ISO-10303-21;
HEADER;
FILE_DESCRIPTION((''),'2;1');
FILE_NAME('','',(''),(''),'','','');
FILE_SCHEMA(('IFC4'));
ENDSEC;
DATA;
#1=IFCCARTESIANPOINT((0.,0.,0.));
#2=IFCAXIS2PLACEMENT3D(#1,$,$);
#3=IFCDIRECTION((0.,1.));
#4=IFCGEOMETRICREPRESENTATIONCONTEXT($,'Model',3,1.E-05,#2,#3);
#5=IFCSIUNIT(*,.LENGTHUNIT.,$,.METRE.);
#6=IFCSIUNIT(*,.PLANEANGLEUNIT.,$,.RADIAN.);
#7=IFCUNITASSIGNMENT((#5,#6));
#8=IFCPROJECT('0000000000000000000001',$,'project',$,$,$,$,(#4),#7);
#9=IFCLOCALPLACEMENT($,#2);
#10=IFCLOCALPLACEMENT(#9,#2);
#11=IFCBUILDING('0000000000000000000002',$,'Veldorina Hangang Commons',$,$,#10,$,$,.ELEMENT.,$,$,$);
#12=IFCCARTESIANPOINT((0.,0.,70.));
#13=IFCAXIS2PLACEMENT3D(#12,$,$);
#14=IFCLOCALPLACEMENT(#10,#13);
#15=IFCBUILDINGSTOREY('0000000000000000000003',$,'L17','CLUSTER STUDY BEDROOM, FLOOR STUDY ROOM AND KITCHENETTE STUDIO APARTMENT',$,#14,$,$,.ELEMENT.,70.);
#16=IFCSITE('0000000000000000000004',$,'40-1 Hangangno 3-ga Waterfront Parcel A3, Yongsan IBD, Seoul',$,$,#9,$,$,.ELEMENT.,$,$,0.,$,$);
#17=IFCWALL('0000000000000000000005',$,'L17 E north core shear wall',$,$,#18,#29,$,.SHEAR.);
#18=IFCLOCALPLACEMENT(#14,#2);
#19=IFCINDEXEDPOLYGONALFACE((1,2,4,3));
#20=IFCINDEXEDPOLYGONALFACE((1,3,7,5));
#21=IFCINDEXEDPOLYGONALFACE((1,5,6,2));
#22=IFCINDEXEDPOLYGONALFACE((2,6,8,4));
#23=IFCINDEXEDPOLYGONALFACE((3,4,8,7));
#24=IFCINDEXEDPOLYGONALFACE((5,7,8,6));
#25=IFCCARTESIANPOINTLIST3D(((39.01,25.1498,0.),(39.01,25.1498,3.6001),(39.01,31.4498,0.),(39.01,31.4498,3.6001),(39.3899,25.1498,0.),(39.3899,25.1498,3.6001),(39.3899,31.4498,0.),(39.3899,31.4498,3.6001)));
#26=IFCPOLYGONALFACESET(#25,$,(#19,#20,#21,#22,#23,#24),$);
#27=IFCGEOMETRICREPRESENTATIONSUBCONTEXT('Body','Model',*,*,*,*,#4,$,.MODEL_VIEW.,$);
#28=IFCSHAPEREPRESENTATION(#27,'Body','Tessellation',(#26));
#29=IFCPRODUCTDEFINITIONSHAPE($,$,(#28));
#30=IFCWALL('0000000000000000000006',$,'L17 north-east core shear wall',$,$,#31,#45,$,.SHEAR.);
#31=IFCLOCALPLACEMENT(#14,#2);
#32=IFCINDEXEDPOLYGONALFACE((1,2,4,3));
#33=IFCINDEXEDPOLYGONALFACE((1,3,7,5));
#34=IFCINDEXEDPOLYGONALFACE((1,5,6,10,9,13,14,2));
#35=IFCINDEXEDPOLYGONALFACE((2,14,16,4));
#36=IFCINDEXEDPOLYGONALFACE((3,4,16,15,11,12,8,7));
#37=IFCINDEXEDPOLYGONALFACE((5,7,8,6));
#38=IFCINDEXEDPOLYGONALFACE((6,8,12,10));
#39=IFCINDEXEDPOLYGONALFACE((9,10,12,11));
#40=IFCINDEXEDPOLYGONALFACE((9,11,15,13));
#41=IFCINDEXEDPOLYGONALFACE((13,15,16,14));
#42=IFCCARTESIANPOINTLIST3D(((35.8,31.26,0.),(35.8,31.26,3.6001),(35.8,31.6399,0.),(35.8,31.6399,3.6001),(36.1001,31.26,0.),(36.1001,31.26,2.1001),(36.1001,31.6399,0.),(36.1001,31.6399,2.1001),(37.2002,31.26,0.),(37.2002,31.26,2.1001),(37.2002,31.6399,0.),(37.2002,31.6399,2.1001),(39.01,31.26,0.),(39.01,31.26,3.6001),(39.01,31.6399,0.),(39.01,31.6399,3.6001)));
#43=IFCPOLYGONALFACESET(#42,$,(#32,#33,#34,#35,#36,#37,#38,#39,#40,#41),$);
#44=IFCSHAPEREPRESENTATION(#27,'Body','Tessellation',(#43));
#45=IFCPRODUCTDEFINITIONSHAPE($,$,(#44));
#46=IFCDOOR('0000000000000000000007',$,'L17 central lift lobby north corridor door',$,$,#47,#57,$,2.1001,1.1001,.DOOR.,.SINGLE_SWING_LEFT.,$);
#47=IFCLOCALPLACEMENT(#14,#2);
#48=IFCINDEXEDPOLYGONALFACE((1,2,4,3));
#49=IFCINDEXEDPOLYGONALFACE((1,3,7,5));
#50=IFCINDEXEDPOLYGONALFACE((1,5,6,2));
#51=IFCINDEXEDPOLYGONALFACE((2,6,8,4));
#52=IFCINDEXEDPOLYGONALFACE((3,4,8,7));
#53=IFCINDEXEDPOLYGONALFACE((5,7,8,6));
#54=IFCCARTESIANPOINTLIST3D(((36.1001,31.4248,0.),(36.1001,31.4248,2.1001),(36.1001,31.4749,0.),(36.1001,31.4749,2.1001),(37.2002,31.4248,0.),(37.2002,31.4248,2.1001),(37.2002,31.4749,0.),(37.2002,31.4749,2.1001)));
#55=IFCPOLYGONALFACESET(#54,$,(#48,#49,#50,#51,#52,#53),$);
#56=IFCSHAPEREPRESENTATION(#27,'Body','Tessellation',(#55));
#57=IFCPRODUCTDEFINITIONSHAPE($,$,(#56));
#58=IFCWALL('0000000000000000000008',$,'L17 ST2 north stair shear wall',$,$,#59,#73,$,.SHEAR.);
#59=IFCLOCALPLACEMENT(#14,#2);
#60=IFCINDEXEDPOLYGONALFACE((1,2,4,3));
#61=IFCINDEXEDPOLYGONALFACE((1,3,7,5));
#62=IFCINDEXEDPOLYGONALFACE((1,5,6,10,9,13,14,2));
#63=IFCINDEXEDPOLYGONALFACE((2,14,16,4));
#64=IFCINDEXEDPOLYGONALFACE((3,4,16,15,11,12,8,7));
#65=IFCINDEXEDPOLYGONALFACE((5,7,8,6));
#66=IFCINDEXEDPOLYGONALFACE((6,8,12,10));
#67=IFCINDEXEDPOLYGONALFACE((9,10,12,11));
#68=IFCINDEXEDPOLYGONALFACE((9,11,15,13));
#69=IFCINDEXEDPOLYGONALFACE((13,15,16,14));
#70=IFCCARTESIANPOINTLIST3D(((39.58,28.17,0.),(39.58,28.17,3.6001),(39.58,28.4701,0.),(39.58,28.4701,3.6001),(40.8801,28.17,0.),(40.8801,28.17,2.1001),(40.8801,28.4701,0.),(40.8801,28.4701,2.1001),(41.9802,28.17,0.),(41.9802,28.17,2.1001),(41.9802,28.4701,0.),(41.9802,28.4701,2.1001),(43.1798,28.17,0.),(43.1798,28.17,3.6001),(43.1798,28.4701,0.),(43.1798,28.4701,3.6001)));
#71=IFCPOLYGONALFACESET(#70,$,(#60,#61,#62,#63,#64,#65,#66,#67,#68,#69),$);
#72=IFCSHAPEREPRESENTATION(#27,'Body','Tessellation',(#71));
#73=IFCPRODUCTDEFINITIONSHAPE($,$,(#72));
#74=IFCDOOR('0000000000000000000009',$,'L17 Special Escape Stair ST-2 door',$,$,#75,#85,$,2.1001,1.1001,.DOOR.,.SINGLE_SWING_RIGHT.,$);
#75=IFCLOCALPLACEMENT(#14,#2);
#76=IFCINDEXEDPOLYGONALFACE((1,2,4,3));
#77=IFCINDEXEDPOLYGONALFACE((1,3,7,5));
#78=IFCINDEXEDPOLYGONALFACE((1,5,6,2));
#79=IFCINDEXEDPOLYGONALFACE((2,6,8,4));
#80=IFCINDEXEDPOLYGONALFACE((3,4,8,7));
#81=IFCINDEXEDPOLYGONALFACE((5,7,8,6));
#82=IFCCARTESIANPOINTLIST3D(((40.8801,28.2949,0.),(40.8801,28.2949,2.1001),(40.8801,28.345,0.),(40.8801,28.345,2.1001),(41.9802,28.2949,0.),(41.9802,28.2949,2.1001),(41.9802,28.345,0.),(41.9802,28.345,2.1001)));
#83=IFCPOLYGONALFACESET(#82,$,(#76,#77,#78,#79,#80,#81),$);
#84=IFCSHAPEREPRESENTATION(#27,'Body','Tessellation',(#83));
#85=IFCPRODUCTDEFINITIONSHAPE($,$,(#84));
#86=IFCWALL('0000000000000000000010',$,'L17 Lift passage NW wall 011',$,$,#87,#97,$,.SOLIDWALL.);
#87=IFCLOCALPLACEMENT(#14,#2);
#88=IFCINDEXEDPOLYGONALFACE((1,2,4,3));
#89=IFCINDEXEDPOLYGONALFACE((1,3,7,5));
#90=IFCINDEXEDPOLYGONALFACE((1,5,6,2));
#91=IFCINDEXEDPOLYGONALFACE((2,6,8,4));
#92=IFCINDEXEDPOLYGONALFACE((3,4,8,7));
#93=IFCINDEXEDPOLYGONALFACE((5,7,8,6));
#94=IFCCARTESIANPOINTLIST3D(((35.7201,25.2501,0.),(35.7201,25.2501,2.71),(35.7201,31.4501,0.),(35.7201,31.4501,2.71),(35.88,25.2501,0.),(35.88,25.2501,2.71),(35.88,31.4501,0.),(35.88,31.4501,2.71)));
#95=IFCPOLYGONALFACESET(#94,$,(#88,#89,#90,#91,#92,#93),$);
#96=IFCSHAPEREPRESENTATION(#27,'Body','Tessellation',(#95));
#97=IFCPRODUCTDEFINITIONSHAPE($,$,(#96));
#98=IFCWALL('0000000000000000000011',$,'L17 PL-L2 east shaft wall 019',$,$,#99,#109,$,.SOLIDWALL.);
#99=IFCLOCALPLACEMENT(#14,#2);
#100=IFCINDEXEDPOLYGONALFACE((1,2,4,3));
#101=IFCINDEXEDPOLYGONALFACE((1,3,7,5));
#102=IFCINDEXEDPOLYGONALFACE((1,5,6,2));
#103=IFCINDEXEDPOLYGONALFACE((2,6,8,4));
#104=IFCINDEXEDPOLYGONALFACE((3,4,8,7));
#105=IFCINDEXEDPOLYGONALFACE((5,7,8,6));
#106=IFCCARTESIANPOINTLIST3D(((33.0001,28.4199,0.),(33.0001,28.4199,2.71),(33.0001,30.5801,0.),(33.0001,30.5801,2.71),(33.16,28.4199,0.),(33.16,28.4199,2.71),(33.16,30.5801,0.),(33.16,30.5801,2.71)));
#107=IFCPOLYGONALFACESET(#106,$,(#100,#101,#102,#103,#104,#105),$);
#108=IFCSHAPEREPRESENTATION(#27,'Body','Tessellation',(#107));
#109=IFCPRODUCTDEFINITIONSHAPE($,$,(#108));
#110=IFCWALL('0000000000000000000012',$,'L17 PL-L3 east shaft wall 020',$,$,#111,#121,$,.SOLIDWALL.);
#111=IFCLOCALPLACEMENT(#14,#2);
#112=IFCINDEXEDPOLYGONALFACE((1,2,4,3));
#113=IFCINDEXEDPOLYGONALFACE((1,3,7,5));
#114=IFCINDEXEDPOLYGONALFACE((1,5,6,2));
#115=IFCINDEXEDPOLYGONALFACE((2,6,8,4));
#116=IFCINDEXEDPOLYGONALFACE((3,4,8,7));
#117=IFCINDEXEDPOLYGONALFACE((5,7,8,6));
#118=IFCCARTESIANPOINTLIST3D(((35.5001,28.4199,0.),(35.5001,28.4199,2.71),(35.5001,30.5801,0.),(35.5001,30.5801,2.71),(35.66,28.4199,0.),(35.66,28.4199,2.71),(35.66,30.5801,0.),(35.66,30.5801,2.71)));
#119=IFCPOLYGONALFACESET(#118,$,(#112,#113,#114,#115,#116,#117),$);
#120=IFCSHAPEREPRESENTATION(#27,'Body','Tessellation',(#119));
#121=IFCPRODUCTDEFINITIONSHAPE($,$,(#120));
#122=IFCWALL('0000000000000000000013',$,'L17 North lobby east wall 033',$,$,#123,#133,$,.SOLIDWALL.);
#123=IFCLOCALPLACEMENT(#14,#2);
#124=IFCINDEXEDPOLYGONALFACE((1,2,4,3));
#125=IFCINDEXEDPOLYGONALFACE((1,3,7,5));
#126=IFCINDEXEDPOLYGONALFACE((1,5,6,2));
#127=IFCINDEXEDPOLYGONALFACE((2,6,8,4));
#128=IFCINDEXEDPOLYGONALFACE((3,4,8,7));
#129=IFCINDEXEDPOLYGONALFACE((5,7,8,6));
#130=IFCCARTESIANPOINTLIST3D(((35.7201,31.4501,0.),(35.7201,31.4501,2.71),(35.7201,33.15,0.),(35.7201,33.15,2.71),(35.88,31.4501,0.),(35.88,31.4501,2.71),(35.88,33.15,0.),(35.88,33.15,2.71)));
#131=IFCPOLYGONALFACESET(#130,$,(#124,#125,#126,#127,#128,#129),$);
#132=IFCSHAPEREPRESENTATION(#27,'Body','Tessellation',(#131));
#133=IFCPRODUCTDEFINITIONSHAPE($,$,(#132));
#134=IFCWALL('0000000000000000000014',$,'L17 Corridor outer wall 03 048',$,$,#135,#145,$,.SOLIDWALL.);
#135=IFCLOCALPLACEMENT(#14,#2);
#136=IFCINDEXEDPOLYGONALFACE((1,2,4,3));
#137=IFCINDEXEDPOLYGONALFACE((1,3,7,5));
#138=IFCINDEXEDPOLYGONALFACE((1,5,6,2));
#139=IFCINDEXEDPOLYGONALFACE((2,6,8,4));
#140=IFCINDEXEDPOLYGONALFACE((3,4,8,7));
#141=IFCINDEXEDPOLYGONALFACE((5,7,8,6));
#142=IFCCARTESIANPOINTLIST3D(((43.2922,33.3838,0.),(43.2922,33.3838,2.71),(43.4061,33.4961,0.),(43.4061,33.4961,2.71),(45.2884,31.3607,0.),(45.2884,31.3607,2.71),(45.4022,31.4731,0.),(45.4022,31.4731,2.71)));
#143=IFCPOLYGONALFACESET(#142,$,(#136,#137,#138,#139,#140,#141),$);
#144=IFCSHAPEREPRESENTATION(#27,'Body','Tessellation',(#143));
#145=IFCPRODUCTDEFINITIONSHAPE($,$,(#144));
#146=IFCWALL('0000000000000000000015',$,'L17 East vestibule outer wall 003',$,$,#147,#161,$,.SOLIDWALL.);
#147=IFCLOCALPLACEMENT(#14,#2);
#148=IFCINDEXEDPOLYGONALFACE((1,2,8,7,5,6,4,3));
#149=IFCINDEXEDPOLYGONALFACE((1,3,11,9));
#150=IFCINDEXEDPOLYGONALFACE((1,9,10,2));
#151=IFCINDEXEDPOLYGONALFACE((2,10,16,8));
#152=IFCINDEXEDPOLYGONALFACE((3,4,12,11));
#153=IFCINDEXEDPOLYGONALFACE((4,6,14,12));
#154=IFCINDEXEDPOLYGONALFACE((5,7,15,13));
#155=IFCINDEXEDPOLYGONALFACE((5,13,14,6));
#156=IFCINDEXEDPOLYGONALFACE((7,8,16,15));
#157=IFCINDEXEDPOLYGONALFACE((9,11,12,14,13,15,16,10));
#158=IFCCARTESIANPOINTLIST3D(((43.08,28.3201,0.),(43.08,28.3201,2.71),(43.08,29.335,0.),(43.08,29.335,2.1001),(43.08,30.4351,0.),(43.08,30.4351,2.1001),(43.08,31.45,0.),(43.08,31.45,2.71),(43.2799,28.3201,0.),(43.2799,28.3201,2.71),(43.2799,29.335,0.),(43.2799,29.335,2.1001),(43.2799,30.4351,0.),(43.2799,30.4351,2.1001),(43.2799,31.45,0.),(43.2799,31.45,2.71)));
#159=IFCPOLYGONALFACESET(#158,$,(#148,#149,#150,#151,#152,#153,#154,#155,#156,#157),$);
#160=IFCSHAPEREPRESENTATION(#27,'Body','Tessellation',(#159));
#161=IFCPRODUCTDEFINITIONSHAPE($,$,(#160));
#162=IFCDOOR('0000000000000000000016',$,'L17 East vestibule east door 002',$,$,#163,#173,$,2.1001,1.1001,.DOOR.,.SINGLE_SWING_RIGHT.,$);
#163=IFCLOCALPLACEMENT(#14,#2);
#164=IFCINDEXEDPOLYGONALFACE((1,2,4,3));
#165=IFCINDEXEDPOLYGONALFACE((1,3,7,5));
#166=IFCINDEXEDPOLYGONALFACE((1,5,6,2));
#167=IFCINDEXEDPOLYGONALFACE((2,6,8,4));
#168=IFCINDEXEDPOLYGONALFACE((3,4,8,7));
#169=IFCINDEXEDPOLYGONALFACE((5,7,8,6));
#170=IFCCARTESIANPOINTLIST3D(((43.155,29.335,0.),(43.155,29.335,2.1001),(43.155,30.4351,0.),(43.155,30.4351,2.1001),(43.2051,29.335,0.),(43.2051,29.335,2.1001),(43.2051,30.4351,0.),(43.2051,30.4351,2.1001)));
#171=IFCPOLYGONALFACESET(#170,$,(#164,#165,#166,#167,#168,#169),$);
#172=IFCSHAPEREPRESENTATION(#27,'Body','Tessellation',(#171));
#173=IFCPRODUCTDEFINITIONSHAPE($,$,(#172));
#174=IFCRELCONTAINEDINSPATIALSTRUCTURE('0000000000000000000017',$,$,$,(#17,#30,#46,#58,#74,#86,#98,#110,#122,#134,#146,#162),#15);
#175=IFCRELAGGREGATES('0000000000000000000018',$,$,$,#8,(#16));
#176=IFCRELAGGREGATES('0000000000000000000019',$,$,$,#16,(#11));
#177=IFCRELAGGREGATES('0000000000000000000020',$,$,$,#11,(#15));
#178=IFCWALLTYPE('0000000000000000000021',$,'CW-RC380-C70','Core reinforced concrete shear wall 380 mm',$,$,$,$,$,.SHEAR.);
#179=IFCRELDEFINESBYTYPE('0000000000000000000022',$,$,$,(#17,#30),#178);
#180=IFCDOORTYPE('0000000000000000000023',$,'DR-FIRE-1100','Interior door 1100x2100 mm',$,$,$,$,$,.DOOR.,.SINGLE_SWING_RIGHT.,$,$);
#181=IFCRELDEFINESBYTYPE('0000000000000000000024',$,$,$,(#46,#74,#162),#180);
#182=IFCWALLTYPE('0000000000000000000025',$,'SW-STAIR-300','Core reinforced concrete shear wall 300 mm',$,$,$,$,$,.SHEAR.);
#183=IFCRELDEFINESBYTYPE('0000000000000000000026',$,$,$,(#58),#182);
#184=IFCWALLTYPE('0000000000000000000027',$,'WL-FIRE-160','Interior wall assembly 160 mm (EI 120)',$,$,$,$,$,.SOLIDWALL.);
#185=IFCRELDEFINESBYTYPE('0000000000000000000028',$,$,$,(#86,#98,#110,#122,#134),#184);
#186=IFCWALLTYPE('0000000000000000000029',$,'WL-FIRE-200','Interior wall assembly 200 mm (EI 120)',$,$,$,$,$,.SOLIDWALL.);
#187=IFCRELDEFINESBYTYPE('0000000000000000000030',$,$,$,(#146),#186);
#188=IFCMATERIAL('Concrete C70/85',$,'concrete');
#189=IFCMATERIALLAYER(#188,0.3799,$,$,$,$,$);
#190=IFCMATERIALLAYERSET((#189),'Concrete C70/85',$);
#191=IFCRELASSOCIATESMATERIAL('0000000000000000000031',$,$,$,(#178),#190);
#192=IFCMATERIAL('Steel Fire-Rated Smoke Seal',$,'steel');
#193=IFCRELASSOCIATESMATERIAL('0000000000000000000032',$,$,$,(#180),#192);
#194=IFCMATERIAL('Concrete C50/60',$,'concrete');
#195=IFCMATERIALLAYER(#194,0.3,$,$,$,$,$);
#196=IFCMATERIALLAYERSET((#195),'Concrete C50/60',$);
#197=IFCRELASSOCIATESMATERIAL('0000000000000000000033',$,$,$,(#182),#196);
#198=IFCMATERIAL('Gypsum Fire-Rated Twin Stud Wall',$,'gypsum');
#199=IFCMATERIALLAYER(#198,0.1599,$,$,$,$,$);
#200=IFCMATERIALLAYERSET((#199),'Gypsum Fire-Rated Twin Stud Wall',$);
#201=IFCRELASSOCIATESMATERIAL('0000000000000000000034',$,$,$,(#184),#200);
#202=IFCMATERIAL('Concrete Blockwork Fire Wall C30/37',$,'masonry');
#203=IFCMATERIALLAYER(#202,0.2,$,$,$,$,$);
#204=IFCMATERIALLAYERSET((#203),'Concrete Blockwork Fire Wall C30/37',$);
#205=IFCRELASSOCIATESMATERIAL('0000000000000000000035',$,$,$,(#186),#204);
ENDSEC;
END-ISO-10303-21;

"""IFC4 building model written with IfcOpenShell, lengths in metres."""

from ifc_helpers import new_model, si_unit, direction, frame, frame_2d, origin, place, context, subcontext, project, spatial, rectangle, extrude, material, layer, layer_set, type_object, element, fill, save


model = new_model("IFC4")

# Units and contexts
model_context = context("Model", 3, precision=1e-05, world=origin(), true_north=direction((0.0, 1.0)))
body_context = subcontext(model_context, "Body", "Model", "MODEL_VIEW")
ifc_project = project(units=[si_unit("LENGTHUNIT", "METRE"), si_unit("PLANEANGLEUNIT", "RADIAN")], contexts=[model_context])

# Site, building, storey
site_placement = place(None, origin())
site = spatial("IfcSite", under=ifc_project, at=site_placement, Name="40-1 Hangangno 3-ga Waterfront Parcel A3, Yongsan IBD, Seoul", CompositionType="ELEMENT", RefElevation=0.0)
building_placement = place(site_placement, origin())
building = spatial("IfcBuilding", under=site, at=building_placement, Name="Veldorina Hangang Commons", CompositionType="ELEMENT")
storey_placement = place(building_placement, frame((0.0, 0.0, 70.0)))
storey = spatial("IfcBuildingStorey", under=building, at=storey_placement, Name="L17", Description="CLUSTER STUDY BEDROOM, FLOOR STUDY ROOM AND KITCHENETTE STUDIO APARTMENT", CompositionType="ELEMENT", Elevation=70.0)

# Wall
ifc_material_1 = material(Name="Concrete C70/85", Category="concrete")
ifc_layer_1 = layer(ifc_material_1, 0.3799)
ifc_layer_set_1 = layer_set([ifc_layer_1], Name="Concrete C70/85")
wall_type_1 = type_object("IfcWallType", Name="CW-RC380-C70", Description="Core reinforced concrete shear wall 380 mm", PredefinedType="SHEAR", material=ifc_layer_set_1)
wall_1_placement = place(storey_placement, frame((39.2, 25.1499, 0.0), z_axis=(0.0, 0.0, 1.0), x_axis=(0.0, 1.0, 0.0)))
element("IfcWall", 1, at=wall_1_placement, inside=storey, type_object=wall_type_1, Name="L17 E north core shear wall", PredefinedType="SHEAR", context=body_context, shape_type="SweptSolid", body=[
    extrude(rectangle(XDim=6.3, YDim=0.3799, at=frame_2d((3.1499, 0.0))), origin(), (0.0, 0.0, 1.0), 3.6001),
])

# Walls, openings, doors
wall_2_placement = place(storey_placement, frame((35.8, 31.45, 0.0), z_axis=(0.0, 0.0, 1.0), x_axis=(1.0, 0.0, 0.0)))
wall_2 = element("IfcWall", 2, at=wall_2_placement, inside=storey, type_object=wall_type_1, Name="L17 north-east core shear wall", PredefinedType="SHEAR", context=body_context, shape_type="SweptSolid", body=[
    extrude(rectangle(XDim=3.21, YDim=0.3799, at=frame_2d((1.605, 0.0))), origin(), (0.0, 0.0, 1.0), 3.6001),
])
opening_1_placement = place(wall_2_placement, frame((0.3, 0.0, 0.0)))
opening_1 = element("IfcOpeningElement", 3, at=opening_1_placement, cuts=wall_2, PredefinedType="OPENING", context=body_context, shape_type="SweptSolid", body=[
    extrude(rectangle(XDim=1.1001, YDim=2.1001, at=frame_2d((0.55, 1.05))), frame((0.0, 0.2, 0.0), z_axis=(0.0, -1.0, 0.0), x_axis=(1.0, 0.0, 0.0)), (0.0, 0.0, 1.0), 0.3999),
])
ifc_material_2 = material(Name="Steel Fire-Rated Smoke Seal", Category="steel")
door_type_1 = type_object("IfcDoorType", Name="DR-FIRE-1100", Description="Interior door 1100x2100 mm", OperationType="SINGLE_SWING_RIGHT", PredefinedType="DOOR", material=ifc_material_2)
door_1_placement = place(opening_1_placement, origin())
door_1 = element("IfcDoor", 4, at=door_1_placement, inside=storey, type_object=door_type_1, Name="L17 central lift lobby north corridor door", OperationType="SINGLE_SWING_LEFT", OverallHeight=2.1001, OverallWidth=1.1001, PredefinedType="DOOR", context=body_context, shape_type="SweptSolid", body=[
    extrude(rectangle(XDim=1.1001, YDim=2.1001, at=frame_2d((0.55, 1.05))), frame((0.0, 0.0249, 0.0), z_axis=(0.0, -1.0, 0.0), x_axis=(1.0, 0.0, 0.0)), (0.0, 0.0, 1.0), 0.05),
])
fill(opening_1, door_1)
ifc_material_3 = material(Name="Concrete C50/60", Category="concrete")
ifc_layer_2 = layer(ifc_material_3, 0.3)
ifc_layer_set_2 = layer_set([ifc_layer_2], Name="Concrete C50/60")
wall_type_2 = type_object("IfcWallType", Name="SW-STAIR-300", Description="Core reinforced concrete shear wall 300 mm", PredefinedType="SHEAR", material=ifc_layer_set_2)
wall_3_placement = place(storey_placement, frame((39.5801, 28.3201, 0.0), z_axis=(0.0, 0.0, 1.0), x_axis=(1.0, 0.0, 0.0)))
wall_3 = element("IfcWall", 5, at=wall_3_placement, inside=storey, type_object=wall_type_2, Name="L17 ST2 north stair shear wall", PredefinedType="SHEAR", context=body_context, shape_type="SweptSolid", body=[
    extrude(rectangle(XDim=3.5999, YDim=0.3, at=frame_2d((1.7998, 0.0))), origin(), (0.0, 0.0, 1.0), 3.6001),
])
opening_2_placement = place(wall_3_placement, frame((1.3, 0.0, 0.0)))
opening_2 = element("IfcOpeningElement", 6, at=opening_2_placement, cuts=wall_3, PredefinedType="OPENING", context=body_context, shape_type="SweptSolid", body=[
    extrude(rectangle(XDim=1.1001, YDim=2.1001, at=frame_2d((0.55, 1.05))), frame((0.0, 0.1602, 0.0), z_axis=(0.0, -1.0, 0.0), x_axis=(1.0, 0.0, 0.0)), (0.0, 0.0, 1.0), 0.3201),
])
door_2_placement = place(opening_2_placement, origin())
door_2 = element("IfcDoor", 7, at=door_2_placement, inside=storey, type_object=door_type_1, Name="L17 Special Escape Stair ST-2 door", OperationType="SINGLE_SWING_RIGHT", OverallHeight=2.1001, OverallWidth=1.1001, PredefinedType="DOOR", context=body_context, shape_type="SweptSolid", body=[
    extrude(rectangle(XDim=1.1001, YDim=2.1001, at=frame_2d((0.55, 1.05))), frame((0.0, 0.0249, 0.0), z_axis=(0.0, -1.0, 0.0), x_axis=(1.0, 0.0, 0.0)), (0.0, 0.0, 1.0), 0.05),
])
fill(opening_2, door_2)

# Walls
ifc_material_4 = material(Name="Gypsum Fire-Rated Twin Stud Wall", Category="gypsum")
ifc_layer_3 = layer(ifc_material_4, 0.1599)
ifc_layer_set_3 = layer_set([ifc_layer_3], Name="Gypsum Fire-Rated Twin Stud Wall")
wall_type_3 = type_object("IfcWallType", Name="WL-FIRE-160", Description="Interior wall assembly 160 mm (EI 120)", PredefinedType="SOLIDWALL", material=ifc_layer_set_3)
wall_4_placement = place(storey_placement, frame((35.8, 25.25, 0.0), z_axis=(0.0, 0.0, 1.0), x_axis=(0.0, 1.0, 0.0)))
element("IfcWall", 8, at=wall_4_placement, inside=storey, type_object=wall_type_3, Name="L17 Lift passage NW wall 011", PredefinedType="SOLIDWALL", context=body_context, shape_type="SweptSolid", body=[
    extrude(rectangle(XDim=6.2, YDim=0.1599, at=frame_2d((3.1001, 0.0))), origin(), (0.0, 0.0, 1.0), 2.71),
])
for number, where, z_axis, x_axis, name in (
    (9, (33.0801, 28.4199, 0.0), (0.0, 0.0, 1.0), (0.0, 1.0, 0.0), "L17 PL-L2 east shaft wall 019"),
    (10, (35.5801, 28.4199, 0.0), (0.0, 0.0, 1.0), (0.0, 1.0, 0.0), "L17 PL-L3 east shaft wall 020"),
):
    element("IfcWall", number, at=place(storey_placement, frame(where, z_axis=z_axis, x_axis=x_axis)), inside=storey, type_object=wall_type_3, Name=name, PredefinedType="SOLIDWALL", context=body_context, shape_type="SweptSolid", body=[
        extrude(rectangle(XDim=2.1602, YDim=0.1599, at=frame_2d((1.0801, 0.0))), origin(), (0.0, 0.0, 1.0), 2.71),
    ])
wall_5_placement = place(storey_placement, frame((35.8, 31.45, 0.0), z_axis=(0.0, 0.0, 1.0), x_axis=(0.0, 1.0, 0.0)))
element("IfcWall", 11, at=wall_5_placement, inside=storey, type_object=wall_type_3, Name="L17 North lobby east wall 033", PredefinedType="SOLIDWALL", context=body_context, shape_type="SweptSolid", body=[
    extrude(rectangle(XDim=1.7, YDim=0.1599, at=frame_2d((0.8501, 0.0))), origin(), (0.0, 0.0, 1.0), 2.71),
])
wall_6_placement = place(storey_placement, frame((45.3452, 31.417, 0.0), z_axis=(0.0, 0.0, 1.0), x_axis=(-0.702366, 0.711816, 0.0)))
element("IfcWall", 12, at=wall_6_placement, inside=storey, type_object=wall_type_3, Name="L17 Corridor outer wall 03 048", PredefinedType="SOLIDWALL", context=body_context, shape_type="SweptSolid", body=[
    extrude(rectangle(XDim=2.842, YDim=0.1599, at=frame_2d((1.4209, 0.0))), origin(), (0.0, 0.0, 1.0), 2.71),
])

# Wall, opening, door
ifc_material_5 = material(Name="Concrete Blockwork Fire Wall C30/37", Category="masonry")
ifc_layer_4 = layer(ifc_material_5, 0.2)
ifc_layer_set_4 = layer_set([ifc_layer_4], Name="Concrete Blockwork Fire Wall C30/37")
wall_type_4 = type_object("IfcWallType", Name="WL-FIRE-200", Description="Interior wall assembly 200 mm (EI 120)", PredefinedType="SOLIDWALL", material=ifc_layer_set_4)
wall_7_placement = place(storey_placement, frame((43.1799, 28.3201, 0.0), z_axis=(0.0, 0.0, 1.0), x_axis=(0.0, 1.0, 0.0)))
wall_7 = element("IfcWall", 13, at=wall_7_placement, inside=storey, type_object=wall_type_4, Name="L17 East vestibule outer wall 003", PredefinedType="SOLIDWALL", context=body_context, shape_type="SweptSolid", body=[
    extrude(rectangle(XDim=3.1299, YDim=0.2, at=frame_2d((1.5649, 0.0))), origin(), (0.0, 0.0, 1.0), 2.71),
])
opening_3_placement = place(wall_7_placement, frame((1.0149, 0.0, 0.0)))
opening_3 = element("IfcOpeningElement", 14, at=opening_3_placement, cuts=wall_7, PredefinedType="OPENING", context=body_context, shape_type="SweptSolid", body=[
    extrude(rectangle(XDim=1.1001, YDim=2.1001, at=frame_2d((0.55, 1.05))), frame((0.0, 0.1099, 0.0), z_axis=(0.0, -1.0, 0.0), x_axis=(1.0, 0.0, 0.0)), (0.0, 0.0, 1.0), 0.22),
])
door_3_placement = place(opening_3_placement, origin())
door_3 = element("IfcDoor", 15, at=door_3_placement, inside=storey, type_object=door_type_1, Name="L17 East vestibule east door 002", OperationType="SINGLE_SWING_RIGHT", OverallHeight=2.1001, OverallWidth=1.1001, PredefinedType="DOOR", context=body_context, shape_type="SweptSolid", body=[
    extrude(rectangle(XDim=1.1001, YDim=2.1001, at=frame_2d((0.55, 1.05))), frame((0.0, 0.0249, 0.0), z_axis=(0.0, -1.0, 0.0), x_axis=(1.0, 0.0, 0.0)), (0.0, 0.0, 1.0), 0.05),
])
fill(opening_3, door_3)

save(model, "model.ifc")
